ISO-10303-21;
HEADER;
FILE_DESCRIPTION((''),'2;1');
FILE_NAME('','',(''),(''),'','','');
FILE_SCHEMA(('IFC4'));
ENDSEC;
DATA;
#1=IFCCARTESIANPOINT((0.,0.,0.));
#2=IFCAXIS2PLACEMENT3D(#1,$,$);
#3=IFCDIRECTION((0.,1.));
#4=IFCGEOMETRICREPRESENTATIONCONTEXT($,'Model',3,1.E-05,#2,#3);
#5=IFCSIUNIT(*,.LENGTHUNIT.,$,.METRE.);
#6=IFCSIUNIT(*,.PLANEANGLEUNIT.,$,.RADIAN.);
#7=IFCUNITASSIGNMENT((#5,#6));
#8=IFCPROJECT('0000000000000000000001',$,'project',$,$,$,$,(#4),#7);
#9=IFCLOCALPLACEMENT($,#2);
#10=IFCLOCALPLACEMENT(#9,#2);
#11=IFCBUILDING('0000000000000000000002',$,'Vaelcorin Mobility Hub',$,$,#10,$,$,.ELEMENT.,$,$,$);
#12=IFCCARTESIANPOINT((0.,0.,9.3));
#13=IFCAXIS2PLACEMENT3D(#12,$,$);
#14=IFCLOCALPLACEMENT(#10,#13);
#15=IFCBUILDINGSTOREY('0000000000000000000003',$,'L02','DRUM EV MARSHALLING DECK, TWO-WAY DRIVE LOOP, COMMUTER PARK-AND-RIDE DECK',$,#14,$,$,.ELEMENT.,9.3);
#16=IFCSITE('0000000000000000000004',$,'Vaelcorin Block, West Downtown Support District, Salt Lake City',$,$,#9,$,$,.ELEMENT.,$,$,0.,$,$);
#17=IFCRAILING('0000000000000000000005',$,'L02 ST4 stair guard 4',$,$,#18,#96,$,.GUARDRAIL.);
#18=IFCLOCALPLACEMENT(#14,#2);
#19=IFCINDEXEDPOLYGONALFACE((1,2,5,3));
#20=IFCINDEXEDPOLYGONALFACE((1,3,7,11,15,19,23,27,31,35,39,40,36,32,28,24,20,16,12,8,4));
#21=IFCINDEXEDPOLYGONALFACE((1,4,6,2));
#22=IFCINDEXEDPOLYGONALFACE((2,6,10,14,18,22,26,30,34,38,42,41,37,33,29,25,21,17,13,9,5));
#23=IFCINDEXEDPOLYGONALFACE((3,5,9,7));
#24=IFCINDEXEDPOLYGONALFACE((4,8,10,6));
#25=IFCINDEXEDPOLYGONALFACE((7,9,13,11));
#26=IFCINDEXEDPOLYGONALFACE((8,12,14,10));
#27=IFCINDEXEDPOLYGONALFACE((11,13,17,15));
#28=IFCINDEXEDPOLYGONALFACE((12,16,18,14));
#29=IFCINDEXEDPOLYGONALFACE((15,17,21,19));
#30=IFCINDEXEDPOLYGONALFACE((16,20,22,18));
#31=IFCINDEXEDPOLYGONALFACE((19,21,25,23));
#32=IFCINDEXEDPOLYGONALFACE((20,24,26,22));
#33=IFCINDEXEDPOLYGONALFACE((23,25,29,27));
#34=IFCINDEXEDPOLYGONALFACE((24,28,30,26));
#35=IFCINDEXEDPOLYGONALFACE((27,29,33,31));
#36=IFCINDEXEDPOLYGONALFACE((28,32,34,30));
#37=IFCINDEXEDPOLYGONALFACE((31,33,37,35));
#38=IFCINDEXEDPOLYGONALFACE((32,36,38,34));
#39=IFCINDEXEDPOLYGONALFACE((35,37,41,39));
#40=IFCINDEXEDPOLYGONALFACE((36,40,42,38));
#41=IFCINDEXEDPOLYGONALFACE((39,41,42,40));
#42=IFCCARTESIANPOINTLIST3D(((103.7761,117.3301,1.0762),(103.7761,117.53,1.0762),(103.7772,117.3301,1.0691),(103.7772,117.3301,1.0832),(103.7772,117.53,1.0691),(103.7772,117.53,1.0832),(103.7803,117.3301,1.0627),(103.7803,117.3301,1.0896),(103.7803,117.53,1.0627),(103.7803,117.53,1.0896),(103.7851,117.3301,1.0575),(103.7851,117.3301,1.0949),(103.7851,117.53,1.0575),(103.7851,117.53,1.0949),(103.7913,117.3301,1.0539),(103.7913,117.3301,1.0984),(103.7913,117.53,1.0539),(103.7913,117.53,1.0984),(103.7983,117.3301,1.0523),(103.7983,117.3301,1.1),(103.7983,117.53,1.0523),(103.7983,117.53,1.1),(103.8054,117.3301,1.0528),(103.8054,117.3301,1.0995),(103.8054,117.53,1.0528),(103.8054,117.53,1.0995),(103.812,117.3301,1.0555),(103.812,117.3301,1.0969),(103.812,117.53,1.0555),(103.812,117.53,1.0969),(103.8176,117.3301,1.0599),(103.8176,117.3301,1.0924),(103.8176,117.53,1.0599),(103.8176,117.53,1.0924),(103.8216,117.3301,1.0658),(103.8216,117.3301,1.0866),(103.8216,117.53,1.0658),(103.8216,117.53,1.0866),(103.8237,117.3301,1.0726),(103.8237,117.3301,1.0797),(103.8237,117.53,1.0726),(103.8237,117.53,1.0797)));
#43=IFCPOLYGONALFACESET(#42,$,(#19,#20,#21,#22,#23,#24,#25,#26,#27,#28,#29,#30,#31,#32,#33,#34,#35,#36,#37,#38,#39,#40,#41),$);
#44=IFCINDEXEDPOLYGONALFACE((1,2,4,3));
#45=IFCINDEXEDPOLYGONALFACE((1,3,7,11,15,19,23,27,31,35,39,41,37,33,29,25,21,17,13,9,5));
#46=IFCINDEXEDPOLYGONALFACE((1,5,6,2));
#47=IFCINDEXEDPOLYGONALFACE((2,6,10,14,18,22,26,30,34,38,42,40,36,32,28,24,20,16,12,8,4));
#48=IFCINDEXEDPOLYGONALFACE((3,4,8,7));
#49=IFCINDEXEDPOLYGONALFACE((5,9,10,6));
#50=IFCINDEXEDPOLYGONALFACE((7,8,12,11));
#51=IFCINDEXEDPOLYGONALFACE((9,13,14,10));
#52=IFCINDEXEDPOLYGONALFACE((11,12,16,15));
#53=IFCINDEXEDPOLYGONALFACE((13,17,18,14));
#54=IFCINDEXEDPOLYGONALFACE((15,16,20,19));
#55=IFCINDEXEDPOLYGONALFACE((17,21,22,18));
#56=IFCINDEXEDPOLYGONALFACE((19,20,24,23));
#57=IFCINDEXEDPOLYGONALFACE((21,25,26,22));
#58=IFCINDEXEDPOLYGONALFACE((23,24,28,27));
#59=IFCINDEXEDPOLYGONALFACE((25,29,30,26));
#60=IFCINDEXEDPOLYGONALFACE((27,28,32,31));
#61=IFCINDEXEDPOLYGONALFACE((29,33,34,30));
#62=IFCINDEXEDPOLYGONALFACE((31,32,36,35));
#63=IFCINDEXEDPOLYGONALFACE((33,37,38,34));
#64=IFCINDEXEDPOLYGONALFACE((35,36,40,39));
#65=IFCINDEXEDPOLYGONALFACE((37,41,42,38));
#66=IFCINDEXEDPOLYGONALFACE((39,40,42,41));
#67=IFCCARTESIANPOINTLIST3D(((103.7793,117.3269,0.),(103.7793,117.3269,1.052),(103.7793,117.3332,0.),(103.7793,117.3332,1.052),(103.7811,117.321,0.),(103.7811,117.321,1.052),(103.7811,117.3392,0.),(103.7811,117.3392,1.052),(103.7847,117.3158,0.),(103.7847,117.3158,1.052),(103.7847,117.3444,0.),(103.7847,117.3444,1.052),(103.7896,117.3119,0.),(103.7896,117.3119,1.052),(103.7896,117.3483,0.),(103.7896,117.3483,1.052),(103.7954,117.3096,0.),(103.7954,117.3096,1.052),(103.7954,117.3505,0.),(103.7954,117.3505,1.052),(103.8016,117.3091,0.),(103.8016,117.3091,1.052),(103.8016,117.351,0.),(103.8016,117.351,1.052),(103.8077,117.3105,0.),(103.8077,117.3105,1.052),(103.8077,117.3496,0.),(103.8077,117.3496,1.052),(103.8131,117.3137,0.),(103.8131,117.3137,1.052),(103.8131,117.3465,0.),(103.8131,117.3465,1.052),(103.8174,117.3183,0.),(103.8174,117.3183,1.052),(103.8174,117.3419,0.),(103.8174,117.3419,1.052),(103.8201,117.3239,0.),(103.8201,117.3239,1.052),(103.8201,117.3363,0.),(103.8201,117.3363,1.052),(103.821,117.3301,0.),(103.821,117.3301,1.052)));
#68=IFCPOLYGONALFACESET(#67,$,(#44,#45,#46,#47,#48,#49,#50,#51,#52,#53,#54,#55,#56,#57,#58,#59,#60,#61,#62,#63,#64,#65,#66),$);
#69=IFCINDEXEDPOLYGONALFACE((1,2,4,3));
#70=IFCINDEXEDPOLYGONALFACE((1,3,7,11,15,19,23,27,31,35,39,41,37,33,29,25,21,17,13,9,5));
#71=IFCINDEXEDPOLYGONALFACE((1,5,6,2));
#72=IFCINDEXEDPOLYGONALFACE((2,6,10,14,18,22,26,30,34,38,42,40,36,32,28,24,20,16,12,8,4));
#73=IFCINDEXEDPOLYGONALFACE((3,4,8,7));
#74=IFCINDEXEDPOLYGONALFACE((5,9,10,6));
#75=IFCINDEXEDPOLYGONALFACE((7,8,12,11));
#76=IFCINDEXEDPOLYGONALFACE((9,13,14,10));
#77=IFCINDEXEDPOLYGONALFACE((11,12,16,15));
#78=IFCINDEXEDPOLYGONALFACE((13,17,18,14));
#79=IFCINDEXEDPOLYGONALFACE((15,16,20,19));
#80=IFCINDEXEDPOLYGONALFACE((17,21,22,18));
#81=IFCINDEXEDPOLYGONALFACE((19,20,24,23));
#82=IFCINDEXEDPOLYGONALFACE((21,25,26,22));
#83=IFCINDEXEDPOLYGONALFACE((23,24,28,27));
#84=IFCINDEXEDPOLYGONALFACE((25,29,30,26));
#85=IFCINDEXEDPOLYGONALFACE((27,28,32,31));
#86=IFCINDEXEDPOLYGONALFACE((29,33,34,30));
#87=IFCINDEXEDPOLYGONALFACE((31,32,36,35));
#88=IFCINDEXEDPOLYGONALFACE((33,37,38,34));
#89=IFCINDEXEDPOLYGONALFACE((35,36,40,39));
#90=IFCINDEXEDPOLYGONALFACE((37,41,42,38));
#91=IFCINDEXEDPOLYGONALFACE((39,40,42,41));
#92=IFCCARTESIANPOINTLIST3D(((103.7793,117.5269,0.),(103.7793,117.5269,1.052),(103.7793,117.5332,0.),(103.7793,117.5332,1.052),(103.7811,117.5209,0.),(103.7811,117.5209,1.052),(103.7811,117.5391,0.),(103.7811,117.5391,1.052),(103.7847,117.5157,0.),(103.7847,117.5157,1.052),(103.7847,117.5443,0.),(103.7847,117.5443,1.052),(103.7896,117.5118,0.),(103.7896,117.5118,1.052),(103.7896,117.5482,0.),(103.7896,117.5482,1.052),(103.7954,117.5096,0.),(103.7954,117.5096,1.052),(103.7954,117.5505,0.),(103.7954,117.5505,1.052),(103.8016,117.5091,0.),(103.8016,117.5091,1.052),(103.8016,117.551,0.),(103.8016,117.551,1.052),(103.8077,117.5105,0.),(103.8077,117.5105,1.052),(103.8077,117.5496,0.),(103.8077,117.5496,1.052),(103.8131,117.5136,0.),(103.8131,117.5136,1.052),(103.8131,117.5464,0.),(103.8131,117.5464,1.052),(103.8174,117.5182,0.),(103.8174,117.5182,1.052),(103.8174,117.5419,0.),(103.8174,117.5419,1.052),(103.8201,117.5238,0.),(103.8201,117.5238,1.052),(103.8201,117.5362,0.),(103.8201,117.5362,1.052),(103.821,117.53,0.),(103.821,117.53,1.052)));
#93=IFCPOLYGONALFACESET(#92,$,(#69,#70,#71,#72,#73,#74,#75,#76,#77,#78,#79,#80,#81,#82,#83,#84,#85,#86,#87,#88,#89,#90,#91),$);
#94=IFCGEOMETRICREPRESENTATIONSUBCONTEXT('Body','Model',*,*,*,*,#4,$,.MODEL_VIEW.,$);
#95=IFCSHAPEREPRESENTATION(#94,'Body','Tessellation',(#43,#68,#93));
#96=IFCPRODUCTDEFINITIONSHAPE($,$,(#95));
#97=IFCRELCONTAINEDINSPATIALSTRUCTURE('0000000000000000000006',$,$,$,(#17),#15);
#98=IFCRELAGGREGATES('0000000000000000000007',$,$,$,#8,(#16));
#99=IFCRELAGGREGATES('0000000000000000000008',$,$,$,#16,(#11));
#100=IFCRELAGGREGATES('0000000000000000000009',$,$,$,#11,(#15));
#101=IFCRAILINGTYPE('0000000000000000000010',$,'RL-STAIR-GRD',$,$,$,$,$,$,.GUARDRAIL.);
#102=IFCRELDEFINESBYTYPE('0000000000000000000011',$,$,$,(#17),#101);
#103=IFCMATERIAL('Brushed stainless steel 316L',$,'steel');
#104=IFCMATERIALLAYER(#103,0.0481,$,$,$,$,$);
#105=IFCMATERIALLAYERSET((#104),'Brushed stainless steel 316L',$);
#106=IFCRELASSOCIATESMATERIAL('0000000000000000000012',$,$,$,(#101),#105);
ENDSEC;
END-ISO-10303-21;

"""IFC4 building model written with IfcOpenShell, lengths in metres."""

from ifc_helpers import new_model, si_unit, direction, frame, origin, origin_2d, place, context, subcontext, project, spatial, circle, extrude, material, layer, layer_set, type_object, element, save


model = new_model("IFC4")

# Units and contexts
model_context = context("Model", 3, precision=1e-05, world=origin(), true_north=direction((0.0, 1.0)))
body_context = subcontext(model_context, "Body", "Model", "MODEL_VIEW")
ifc_project = project(units=[si_unit("LENGTHUNIT", "METRE"), si_unit("PLANEANGLEUNIT", "RADIAN")], contexts=[model_context])

# Site, building, storey
site_placement = place(None, origin())
site = spatial("IfcSite", under=ifc_project, at=site_placement, Name="Vaelcorin Block, West Downtown Support District, Salt Lake City", CompositionType="ELEMENT", RefElevation=0.0)
building_placement = place(site_placement, origin())
building = spatial("IfcBuilding", under=site, at=building_placement, Name="Vaelcorin Mobility Hub", CompositionType="ELEMENT")
storey_placement = place(building_placement, frame((0.0, 0.0, 9.3)))
storey = spatial("IfcBuildingStorey", under=building, at=storey_placement, Name="L02", Description="DRUM EV MARSHALLING DECK, TWO-WAY DRIVE LOOP, COMMUTER PARK-AND-RIDE DECK", CompositionType="ELEMENT", Elevation=9.3)

# Shared definitions
ifc_material_1 = material(Name="Brushed stainless steel 316L", Category="steel")

# Railing
ifc_layer_1 = layer(ifc_material_1, 0.0481)
ifc_layer_set_1 = layer_set([ifc_layer_1], Name="Brushed stainless steel 316L")
railing_type_1 = type_object("IfcRailingType", Name="RL-STAIR-GRD", PredefinedType="GUARDRAIL", material=ifc_layer_set_1)
railing_1_placement = place(storey_placement, frame((103.8, 117.3301, 0.0)))
element("IfcRailing", 1, at=railing_1_placement, inside=storey, type_object=railing_type_1, Name="L02 ST4 stair guard 4", PredefinedType="GUARDRAIL", context=body_context, shape_type="SweptSolid", body=[
    extrude(circle(Radius=0.0239, at=origin_2d()), frame((0.0, 0.0, 1.0762), z_axis=(0.0, 1.0, 0.0), x_axis=(-1.0, 0.0, 0.0)), (0.0, 0.0, 1.0), 0.2),
    extrude(circle(Radius=0.021, at=origin_2d()), origin(), (0.0, 0.0, 1.0), 1.052),
    extrude(circle(Radius=0.021, at=origin_2d()), frame((0.0, 0.2, 0.0)), (0.0, 0.0, 1.0), 1.052),
])

save(model, "model.ifc")
